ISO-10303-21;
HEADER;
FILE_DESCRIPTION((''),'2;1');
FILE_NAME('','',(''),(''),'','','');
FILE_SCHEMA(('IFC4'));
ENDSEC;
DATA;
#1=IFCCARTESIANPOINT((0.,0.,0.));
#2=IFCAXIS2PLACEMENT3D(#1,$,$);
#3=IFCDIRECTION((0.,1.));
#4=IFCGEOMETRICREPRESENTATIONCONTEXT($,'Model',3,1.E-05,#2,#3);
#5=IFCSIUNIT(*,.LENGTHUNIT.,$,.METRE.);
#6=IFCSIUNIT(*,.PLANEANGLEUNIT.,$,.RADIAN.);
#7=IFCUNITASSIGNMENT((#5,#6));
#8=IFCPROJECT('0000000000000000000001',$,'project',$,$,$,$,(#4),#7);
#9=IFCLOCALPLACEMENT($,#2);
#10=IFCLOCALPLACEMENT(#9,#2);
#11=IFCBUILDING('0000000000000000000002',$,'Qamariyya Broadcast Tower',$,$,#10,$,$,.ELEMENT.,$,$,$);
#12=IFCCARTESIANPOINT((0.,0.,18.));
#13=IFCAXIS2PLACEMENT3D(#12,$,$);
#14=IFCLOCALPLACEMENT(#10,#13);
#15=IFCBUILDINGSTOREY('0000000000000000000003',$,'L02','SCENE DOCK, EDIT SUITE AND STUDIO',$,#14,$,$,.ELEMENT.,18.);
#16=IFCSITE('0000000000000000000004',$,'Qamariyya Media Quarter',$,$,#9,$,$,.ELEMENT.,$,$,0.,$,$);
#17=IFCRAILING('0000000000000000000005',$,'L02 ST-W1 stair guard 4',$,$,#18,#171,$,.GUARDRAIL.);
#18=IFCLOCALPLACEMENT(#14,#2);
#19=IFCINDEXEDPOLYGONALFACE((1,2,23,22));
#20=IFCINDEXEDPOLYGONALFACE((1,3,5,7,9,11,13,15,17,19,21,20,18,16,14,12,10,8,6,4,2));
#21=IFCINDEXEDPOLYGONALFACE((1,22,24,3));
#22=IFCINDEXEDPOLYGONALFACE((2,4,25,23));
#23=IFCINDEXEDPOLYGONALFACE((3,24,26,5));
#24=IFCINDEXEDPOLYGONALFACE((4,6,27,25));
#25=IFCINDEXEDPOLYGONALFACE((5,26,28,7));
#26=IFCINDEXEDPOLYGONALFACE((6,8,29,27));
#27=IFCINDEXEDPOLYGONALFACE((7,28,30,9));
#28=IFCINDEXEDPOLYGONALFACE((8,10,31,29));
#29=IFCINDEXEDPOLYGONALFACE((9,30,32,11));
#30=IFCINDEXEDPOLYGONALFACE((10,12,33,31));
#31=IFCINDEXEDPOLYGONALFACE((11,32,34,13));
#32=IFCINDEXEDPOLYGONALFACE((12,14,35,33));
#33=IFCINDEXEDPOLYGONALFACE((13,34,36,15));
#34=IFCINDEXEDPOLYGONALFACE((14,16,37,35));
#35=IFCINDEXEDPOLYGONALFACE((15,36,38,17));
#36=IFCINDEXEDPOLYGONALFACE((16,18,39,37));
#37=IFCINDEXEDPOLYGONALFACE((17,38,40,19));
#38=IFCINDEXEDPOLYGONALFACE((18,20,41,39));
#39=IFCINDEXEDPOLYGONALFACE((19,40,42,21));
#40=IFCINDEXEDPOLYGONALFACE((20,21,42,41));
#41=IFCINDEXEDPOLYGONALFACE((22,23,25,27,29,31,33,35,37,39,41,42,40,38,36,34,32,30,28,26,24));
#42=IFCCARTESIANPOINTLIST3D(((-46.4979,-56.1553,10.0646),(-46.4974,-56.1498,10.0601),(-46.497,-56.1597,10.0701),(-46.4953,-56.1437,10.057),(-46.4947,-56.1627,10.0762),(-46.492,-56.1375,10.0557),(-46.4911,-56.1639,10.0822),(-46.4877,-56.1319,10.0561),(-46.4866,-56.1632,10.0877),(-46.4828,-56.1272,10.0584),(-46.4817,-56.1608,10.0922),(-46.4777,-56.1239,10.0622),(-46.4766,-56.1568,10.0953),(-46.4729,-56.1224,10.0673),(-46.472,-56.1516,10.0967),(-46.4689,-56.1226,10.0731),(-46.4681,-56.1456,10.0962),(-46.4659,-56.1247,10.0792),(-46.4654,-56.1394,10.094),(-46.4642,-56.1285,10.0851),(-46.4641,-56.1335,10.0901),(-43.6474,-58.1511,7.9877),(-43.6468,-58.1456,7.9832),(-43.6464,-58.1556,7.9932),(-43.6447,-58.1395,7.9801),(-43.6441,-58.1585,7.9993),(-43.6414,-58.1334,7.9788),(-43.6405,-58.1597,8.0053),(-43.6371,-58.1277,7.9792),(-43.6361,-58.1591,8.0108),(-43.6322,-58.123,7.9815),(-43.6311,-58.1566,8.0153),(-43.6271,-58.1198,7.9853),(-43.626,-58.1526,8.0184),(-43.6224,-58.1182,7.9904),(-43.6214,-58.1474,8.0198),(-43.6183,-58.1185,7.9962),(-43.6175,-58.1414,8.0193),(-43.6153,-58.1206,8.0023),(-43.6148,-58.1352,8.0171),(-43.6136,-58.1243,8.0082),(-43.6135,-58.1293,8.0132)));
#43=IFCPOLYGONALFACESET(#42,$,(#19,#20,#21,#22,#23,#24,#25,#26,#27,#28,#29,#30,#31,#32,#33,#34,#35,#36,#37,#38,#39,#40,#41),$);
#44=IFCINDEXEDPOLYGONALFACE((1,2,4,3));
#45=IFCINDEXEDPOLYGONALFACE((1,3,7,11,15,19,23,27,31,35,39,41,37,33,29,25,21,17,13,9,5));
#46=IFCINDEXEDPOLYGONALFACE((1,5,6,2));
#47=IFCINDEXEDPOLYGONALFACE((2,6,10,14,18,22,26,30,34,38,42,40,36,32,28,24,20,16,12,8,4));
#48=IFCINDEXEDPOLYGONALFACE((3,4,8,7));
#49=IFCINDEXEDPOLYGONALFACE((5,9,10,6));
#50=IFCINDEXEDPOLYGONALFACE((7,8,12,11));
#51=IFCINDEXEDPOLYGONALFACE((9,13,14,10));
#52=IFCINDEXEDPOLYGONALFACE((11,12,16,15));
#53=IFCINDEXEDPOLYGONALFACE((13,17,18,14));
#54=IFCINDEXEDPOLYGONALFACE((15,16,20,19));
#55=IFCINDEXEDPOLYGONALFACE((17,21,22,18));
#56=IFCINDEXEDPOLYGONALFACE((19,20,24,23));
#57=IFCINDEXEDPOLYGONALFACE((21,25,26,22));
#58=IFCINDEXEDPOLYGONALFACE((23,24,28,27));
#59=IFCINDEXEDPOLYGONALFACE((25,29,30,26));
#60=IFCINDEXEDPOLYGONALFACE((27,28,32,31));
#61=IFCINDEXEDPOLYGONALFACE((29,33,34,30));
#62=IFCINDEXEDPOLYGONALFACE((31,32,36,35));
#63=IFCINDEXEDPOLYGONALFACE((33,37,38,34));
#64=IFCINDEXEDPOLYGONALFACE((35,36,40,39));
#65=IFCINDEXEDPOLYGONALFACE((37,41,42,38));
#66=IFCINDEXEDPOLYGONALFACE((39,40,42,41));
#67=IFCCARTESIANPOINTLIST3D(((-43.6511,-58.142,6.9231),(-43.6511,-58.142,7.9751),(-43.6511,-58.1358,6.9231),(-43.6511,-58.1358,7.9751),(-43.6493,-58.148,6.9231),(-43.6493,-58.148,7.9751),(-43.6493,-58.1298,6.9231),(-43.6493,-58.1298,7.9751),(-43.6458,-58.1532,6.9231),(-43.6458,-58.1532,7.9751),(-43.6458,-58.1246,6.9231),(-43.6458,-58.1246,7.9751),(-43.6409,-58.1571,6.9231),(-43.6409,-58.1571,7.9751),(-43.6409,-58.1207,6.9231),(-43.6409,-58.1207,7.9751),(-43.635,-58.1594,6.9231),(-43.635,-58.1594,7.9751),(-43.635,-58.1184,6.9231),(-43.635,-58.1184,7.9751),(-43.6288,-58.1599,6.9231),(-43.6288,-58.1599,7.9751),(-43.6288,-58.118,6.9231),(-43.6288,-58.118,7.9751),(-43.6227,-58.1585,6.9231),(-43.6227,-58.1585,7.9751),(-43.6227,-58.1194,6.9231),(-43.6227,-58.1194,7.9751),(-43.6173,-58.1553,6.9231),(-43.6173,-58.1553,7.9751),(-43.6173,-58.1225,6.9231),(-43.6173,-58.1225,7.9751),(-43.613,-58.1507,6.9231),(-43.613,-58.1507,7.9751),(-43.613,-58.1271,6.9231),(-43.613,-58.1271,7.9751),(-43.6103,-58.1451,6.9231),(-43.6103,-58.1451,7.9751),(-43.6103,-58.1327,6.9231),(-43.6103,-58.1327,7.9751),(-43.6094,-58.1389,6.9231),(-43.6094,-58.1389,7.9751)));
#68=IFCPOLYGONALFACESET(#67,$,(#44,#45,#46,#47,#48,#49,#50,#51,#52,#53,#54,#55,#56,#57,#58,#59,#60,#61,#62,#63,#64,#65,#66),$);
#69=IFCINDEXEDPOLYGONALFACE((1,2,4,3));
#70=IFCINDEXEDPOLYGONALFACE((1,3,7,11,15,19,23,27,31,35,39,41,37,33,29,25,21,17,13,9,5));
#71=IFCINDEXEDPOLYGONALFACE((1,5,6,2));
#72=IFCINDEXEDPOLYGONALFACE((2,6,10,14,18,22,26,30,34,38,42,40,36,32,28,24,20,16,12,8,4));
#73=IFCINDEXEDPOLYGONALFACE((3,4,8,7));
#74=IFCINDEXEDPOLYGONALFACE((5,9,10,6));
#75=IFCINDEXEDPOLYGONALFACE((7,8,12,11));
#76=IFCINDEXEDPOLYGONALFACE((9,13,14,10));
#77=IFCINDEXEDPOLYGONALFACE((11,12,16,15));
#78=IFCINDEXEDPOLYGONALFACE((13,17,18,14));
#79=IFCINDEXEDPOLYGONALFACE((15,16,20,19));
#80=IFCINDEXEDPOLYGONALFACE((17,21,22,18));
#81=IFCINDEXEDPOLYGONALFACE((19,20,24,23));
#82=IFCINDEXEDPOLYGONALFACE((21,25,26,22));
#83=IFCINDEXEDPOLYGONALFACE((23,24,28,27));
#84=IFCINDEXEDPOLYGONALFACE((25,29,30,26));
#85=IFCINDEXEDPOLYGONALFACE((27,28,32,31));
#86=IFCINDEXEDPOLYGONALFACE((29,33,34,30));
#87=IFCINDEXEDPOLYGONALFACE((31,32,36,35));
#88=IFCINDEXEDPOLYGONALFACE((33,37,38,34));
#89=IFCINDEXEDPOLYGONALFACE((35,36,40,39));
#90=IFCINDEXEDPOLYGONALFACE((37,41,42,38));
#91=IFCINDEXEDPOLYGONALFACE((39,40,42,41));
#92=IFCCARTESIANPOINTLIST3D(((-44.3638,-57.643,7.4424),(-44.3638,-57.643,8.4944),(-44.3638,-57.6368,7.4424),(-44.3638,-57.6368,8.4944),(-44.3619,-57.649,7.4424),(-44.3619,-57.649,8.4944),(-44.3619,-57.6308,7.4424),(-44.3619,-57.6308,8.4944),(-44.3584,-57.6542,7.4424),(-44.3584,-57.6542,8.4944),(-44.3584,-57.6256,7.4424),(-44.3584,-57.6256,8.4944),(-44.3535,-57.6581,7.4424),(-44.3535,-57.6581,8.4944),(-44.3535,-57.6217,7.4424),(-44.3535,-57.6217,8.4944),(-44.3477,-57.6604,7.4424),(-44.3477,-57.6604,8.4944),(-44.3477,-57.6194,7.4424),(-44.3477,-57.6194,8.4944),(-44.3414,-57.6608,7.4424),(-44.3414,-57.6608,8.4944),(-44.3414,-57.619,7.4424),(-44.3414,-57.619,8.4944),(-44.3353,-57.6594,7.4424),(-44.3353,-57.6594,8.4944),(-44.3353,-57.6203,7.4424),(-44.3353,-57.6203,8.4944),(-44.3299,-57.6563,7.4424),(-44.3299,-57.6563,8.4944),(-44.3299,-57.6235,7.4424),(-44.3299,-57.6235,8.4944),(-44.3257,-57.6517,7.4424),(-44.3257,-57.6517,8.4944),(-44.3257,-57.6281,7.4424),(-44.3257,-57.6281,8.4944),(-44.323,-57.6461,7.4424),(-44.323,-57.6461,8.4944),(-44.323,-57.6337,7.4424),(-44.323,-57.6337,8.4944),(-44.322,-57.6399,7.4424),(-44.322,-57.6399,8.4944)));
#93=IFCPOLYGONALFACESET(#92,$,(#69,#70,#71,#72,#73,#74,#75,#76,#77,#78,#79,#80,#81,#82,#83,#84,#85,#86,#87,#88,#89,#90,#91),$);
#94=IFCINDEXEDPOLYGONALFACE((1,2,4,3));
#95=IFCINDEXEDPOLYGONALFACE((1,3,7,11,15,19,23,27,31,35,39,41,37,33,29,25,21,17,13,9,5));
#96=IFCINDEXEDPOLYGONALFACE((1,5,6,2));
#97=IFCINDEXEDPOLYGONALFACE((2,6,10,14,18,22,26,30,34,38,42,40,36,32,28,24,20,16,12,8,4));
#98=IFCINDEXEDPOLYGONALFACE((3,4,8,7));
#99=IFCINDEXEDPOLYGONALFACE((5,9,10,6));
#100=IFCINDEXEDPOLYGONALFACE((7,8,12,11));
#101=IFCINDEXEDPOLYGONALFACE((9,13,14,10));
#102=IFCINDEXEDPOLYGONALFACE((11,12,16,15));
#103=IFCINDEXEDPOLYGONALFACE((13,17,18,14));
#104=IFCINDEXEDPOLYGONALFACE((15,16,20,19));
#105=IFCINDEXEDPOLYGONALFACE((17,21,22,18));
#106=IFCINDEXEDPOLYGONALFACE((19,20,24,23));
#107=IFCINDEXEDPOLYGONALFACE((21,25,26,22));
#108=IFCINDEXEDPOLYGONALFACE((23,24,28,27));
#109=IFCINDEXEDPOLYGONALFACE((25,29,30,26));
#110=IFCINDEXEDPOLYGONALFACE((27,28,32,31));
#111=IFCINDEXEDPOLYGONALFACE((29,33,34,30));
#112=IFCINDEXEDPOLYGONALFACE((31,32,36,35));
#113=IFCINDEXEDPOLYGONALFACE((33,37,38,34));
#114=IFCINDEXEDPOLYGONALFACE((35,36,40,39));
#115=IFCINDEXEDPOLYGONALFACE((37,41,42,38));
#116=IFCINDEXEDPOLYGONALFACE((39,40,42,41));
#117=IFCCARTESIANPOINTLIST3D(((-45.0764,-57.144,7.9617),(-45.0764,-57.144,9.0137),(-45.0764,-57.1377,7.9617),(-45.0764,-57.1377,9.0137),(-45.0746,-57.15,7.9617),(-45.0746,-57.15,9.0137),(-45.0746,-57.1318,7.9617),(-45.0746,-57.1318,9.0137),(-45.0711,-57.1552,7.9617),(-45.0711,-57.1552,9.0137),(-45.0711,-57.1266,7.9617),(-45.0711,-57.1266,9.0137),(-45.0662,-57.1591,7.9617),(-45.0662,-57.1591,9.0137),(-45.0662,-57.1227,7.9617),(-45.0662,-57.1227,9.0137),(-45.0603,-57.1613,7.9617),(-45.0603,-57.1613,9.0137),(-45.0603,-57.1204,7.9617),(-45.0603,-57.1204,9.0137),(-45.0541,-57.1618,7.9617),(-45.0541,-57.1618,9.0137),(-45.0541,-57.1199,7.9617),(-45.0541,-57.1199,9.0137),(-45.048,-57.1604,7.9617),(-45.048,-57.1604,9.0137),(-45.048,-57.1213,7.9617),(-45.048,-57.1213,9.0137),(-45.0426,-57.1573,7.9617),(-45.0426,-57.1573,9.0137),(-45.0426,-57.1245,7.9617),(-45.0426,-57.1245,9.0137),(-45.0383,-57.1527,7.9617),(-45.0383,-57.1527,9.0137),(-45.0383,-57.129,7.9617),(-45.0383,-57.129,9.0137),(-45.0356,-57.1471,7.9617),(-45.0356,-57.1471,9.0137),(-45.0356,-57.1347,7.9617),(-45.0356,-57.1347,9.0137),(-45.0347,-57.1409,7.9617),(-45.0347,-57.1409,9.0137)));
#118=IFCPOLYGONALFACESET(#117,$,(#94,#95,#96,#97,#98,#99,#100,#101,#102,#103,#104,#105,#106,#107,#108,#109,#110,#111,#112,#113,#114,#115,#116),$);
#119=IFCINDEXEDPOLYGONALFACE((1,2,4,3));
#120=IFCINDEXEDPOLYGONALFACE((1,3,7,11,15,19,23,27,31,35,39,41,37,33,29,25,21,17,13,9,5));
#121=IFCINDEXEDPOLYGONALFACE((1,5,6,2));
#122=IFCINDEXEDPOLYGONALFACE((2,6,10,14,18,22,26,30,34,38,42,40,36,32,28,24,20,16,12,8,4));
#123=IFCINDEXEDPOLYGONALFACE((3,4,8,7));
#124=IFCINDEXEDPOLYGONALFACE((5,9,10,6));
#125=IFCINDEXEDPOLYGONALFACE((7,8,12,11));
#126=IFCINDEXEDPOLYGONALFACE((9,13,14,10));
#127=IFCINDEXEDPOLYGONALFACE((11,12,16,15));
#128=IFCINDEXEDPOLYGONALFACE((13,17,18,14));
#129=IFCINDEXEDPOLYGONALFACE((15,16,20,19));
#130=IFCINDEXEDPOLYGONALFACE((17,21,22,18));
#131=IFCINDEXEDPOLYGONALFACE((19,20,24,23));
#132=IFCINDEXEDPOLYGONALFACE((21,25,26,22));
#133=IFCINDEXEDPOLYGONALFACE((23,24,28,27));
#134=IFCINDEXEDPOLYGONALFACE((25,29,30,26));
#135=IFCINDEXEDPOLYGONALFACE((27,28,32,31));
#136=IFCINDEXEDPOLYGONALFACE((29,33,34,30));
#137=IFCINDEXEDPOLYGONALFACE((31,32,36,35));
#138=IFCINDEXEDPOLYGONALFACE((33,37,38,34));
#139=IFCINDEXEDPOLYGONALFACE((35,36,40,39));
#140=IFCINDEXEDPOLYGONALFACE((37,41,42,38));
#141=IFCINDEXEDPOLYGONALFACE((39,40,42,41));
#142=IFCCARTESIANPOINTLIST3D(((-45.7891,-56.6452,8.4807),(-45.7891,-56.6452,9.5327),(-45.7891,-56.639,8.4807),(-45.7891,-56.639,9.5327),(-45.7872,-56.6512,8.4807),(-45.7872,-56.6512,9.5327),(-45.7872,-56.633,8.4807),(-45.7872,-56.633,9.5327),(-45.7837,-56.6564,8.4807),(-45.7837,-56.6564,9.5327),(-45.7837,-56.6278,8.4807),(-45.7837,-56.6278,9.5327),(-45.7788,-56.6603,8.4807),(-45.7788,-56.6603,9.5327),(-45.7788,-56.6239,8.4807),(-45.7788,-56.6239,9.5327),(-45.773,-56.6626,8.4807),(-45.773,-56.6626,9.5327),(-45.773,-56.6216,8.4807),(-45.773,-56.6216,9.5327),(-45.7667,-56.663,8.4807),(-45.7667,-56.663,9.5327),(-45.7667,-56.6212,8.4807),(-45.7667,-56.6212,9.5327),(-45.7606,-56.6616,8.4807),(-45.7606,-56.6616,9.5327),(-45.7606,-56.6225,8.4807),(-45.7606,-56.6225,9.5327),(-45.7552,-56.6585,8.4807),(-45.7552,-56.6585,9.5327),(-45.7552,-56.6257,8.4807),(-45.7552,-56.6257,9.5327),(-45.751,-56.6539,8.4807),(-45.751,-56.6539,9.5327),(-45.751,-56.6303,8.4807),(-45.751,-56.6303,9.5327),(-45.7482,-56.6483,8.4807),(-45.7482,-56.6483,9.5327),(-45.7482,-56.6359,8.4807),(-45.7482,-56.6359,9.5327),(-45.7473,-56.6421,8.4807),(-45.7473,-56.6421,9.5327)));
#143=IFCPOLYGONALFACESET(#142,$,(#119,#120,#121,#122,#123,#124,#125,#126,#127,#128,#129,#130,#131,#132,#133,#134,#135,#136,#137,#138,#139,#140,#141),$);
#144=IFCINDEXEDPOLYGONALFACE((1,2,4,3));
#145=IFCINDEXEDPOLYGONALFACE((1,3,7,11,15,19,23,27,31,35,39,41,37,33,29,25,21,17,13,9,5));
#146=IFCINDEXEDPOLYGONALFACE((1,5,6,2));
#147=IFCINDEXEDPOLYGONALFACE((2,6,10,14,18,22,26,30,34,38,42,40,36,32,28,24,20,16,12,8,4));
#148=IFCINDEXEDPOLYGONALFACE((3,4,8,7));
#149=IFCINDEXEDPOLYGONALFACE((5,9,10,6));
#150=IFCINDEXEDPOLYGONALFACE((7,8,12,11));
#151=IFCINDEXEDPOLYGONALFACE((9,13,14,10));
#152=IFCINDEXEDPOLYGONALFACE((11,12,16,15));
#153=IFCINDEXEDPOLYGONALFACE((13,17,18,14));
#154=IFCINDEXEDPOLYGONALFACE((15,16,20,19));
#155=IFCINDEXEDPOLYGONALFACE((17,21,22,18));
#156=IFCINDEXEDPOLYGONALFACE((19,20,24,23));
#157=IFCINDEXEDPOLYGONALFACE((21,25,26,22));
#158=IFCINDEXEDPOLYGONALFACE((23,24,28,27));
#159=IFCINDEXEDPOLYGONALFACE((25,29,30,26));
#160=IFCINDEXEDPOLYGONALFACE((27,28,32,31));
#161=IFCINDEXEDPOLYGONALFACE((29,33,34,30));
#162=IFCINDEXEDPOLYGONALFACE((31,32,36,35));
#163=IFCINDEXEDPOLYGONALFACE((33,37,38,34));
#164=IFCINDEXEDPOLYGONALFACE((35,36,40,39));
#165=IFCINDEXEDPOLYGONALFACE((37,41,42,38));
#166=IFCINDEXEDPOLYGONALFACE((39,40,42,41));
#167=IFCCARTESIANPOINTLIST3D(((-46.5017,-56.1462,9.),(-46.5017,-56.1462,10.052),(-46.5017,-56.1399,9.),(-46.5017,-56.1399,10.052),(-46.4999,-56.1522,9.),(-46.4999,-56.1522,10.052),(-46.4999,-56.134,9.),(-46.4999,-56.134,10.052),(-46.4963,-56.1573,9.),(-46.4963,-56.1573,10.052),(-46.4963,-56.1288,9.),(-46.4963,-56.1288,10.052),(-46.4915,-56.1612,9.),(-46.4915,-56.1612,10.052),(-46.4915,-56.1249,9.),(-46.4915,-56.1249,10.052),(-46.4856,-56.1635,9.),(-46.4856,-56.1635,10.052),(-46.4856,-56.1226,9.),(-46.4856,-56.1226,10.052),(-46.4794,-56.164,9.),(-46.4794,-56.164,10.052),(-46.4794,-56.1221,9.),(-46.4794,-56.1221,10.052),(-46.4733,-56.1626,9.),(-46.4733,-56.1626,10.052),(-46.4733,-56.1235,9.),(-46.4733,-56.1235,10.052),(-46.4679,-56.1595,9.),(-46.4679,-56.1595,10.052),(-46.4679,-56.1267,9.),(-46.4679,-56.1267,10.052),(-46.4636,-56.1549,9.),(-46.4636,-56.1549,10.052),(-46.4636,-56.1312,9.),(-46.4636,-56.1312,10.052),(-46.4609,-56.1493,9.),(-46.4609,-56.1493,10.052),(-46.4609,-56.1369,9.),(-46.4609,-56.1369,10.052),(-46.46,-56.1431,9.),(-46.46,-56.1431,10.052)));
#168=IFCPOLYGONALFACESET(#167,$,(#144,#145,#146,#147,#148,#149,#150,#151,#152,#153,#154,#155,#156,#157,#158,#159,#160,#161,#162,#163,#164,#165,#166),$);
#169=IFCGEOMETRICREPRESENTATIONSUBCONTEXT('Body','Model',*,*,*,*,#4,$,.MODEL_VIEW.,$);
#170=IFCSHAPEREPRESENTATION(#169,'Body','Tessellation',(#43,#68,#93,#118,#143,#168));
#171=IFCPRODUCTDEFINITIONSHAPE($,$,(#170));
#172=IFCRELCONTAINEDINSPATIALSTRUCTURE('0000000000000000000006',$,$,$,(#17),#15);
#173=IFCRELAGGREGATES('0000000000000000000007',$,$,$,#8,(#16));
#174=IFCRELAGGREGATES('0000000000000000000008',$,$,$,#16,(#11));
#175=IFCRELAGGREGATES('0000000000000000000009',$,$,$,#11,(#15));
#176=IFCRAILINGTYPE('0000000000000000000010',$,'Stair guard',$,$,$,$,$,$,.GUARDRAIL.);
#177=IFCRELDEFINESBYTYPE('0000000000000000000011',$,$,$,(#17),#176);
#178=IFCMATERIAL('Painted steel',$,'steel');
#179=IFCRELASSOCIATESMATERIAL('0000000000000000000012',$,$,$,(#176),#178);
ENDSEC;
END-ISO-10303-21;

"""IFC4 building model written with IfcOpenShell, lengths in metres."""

from ifc_helpers import new_model, si_unit, direction, frame, origin, origin_2d, place, context, subcontext, project, spatial, circle, extrude, material, type_object, element, save


model = new_model("IFC4")

# Units and contexts
model_context = context("Model", 3, precision=1e-05, world=origin(), true_north=direction((0.0, 1.0)))
body_context = subcontext(model_context, "Body", "Model", "MODEL_VIEW")
ifc_project = project(units=[si_unit("LENGTHUNIT", "METRE"), si_unit("PLANEANGLEUNIT", "RADIAN")], contexts=[model_context])

# Site, building, storey
site_placement = place(None, origin())
site = spatial("IfcSite", under=ifc_project, at=site_placement, Name="Qamariyya Media Quarter", CompositionType="ELEMENT", RefElevation=0.0)
building_placement = place(site_placement, origin())
building = spatial("IfcBuilding", under=site, at=building_placement, Name="Qamariyya Broadcast Tower", CompositionType="ELEMENT")
storey_placement = place(building_placement, frame((0.0, 0.0, 18.0)))
storey = spatial("IfcBuildingStorey", under=building, at=storey_placement, Name="L02", Description="SCENE DOCK, EDIT SUITE AND STUDIO", CompositionType="ELEMENT", Elevation=18.0)

# Railing
ifc_material_1 = material(Name="Painted steel", Category="steel")
railing_type_1 = type_object("IfcRailingType", Name="Stair guard", PredefinedType="GUARDRAIL", material=ifc_material_1)
railing_1_placement = place(storey_placement, frame((-43.6304, -58.1389, 6.9231)))
element("IfcRailing", 1, at=railing_1_placement, inside=storey, type_object=railing_type_1, Name="L02 ST-W1 stair guard 4", PredefinedType="GUARDRAIL", context=body_context, shape_type="SweptSolid", body=[
    extrude(circle(Radius=0.0239, at=origin_2d()), frame((0.0, 0.0, 1.0762), z_axis=(-0.703414, 0.492498, 0.512499), x_axis=(-0.573547, -0.819173, 0.0)), (0.0, 0.0, 1.0), 4.0525),
    extrude(circle(Radius=0.021, at=origin_2d()), origin(), (0.0, 0.0, 1.0), 1.052),
    extrude(circle(Radius=0.021, at=origin_2d()), frame((-0.7126, 0.499, 0.5193)), (0.0, 0.0, 1.0), 1.052),
    extrude(circle(Radius=0.021, at=origin_2d()), frame((-1.4253, 0.998, 1.0386)), (0.0, 0.0, 1.0), 1.052),
    extrude(circle(Radius=0.021, at=origin_2d()), frame((-2.1379, 1.4968, 1.5576)), (0.0, 0.0, 1.0), 1.052),
    extrude(circle(Radius=0.021, at=origin_2d()), frame((-2.8506, 1.9958, 2.0769)), (0.0, 0.0, 1.0), 1.052),
])

save(model, "model.ifc")
